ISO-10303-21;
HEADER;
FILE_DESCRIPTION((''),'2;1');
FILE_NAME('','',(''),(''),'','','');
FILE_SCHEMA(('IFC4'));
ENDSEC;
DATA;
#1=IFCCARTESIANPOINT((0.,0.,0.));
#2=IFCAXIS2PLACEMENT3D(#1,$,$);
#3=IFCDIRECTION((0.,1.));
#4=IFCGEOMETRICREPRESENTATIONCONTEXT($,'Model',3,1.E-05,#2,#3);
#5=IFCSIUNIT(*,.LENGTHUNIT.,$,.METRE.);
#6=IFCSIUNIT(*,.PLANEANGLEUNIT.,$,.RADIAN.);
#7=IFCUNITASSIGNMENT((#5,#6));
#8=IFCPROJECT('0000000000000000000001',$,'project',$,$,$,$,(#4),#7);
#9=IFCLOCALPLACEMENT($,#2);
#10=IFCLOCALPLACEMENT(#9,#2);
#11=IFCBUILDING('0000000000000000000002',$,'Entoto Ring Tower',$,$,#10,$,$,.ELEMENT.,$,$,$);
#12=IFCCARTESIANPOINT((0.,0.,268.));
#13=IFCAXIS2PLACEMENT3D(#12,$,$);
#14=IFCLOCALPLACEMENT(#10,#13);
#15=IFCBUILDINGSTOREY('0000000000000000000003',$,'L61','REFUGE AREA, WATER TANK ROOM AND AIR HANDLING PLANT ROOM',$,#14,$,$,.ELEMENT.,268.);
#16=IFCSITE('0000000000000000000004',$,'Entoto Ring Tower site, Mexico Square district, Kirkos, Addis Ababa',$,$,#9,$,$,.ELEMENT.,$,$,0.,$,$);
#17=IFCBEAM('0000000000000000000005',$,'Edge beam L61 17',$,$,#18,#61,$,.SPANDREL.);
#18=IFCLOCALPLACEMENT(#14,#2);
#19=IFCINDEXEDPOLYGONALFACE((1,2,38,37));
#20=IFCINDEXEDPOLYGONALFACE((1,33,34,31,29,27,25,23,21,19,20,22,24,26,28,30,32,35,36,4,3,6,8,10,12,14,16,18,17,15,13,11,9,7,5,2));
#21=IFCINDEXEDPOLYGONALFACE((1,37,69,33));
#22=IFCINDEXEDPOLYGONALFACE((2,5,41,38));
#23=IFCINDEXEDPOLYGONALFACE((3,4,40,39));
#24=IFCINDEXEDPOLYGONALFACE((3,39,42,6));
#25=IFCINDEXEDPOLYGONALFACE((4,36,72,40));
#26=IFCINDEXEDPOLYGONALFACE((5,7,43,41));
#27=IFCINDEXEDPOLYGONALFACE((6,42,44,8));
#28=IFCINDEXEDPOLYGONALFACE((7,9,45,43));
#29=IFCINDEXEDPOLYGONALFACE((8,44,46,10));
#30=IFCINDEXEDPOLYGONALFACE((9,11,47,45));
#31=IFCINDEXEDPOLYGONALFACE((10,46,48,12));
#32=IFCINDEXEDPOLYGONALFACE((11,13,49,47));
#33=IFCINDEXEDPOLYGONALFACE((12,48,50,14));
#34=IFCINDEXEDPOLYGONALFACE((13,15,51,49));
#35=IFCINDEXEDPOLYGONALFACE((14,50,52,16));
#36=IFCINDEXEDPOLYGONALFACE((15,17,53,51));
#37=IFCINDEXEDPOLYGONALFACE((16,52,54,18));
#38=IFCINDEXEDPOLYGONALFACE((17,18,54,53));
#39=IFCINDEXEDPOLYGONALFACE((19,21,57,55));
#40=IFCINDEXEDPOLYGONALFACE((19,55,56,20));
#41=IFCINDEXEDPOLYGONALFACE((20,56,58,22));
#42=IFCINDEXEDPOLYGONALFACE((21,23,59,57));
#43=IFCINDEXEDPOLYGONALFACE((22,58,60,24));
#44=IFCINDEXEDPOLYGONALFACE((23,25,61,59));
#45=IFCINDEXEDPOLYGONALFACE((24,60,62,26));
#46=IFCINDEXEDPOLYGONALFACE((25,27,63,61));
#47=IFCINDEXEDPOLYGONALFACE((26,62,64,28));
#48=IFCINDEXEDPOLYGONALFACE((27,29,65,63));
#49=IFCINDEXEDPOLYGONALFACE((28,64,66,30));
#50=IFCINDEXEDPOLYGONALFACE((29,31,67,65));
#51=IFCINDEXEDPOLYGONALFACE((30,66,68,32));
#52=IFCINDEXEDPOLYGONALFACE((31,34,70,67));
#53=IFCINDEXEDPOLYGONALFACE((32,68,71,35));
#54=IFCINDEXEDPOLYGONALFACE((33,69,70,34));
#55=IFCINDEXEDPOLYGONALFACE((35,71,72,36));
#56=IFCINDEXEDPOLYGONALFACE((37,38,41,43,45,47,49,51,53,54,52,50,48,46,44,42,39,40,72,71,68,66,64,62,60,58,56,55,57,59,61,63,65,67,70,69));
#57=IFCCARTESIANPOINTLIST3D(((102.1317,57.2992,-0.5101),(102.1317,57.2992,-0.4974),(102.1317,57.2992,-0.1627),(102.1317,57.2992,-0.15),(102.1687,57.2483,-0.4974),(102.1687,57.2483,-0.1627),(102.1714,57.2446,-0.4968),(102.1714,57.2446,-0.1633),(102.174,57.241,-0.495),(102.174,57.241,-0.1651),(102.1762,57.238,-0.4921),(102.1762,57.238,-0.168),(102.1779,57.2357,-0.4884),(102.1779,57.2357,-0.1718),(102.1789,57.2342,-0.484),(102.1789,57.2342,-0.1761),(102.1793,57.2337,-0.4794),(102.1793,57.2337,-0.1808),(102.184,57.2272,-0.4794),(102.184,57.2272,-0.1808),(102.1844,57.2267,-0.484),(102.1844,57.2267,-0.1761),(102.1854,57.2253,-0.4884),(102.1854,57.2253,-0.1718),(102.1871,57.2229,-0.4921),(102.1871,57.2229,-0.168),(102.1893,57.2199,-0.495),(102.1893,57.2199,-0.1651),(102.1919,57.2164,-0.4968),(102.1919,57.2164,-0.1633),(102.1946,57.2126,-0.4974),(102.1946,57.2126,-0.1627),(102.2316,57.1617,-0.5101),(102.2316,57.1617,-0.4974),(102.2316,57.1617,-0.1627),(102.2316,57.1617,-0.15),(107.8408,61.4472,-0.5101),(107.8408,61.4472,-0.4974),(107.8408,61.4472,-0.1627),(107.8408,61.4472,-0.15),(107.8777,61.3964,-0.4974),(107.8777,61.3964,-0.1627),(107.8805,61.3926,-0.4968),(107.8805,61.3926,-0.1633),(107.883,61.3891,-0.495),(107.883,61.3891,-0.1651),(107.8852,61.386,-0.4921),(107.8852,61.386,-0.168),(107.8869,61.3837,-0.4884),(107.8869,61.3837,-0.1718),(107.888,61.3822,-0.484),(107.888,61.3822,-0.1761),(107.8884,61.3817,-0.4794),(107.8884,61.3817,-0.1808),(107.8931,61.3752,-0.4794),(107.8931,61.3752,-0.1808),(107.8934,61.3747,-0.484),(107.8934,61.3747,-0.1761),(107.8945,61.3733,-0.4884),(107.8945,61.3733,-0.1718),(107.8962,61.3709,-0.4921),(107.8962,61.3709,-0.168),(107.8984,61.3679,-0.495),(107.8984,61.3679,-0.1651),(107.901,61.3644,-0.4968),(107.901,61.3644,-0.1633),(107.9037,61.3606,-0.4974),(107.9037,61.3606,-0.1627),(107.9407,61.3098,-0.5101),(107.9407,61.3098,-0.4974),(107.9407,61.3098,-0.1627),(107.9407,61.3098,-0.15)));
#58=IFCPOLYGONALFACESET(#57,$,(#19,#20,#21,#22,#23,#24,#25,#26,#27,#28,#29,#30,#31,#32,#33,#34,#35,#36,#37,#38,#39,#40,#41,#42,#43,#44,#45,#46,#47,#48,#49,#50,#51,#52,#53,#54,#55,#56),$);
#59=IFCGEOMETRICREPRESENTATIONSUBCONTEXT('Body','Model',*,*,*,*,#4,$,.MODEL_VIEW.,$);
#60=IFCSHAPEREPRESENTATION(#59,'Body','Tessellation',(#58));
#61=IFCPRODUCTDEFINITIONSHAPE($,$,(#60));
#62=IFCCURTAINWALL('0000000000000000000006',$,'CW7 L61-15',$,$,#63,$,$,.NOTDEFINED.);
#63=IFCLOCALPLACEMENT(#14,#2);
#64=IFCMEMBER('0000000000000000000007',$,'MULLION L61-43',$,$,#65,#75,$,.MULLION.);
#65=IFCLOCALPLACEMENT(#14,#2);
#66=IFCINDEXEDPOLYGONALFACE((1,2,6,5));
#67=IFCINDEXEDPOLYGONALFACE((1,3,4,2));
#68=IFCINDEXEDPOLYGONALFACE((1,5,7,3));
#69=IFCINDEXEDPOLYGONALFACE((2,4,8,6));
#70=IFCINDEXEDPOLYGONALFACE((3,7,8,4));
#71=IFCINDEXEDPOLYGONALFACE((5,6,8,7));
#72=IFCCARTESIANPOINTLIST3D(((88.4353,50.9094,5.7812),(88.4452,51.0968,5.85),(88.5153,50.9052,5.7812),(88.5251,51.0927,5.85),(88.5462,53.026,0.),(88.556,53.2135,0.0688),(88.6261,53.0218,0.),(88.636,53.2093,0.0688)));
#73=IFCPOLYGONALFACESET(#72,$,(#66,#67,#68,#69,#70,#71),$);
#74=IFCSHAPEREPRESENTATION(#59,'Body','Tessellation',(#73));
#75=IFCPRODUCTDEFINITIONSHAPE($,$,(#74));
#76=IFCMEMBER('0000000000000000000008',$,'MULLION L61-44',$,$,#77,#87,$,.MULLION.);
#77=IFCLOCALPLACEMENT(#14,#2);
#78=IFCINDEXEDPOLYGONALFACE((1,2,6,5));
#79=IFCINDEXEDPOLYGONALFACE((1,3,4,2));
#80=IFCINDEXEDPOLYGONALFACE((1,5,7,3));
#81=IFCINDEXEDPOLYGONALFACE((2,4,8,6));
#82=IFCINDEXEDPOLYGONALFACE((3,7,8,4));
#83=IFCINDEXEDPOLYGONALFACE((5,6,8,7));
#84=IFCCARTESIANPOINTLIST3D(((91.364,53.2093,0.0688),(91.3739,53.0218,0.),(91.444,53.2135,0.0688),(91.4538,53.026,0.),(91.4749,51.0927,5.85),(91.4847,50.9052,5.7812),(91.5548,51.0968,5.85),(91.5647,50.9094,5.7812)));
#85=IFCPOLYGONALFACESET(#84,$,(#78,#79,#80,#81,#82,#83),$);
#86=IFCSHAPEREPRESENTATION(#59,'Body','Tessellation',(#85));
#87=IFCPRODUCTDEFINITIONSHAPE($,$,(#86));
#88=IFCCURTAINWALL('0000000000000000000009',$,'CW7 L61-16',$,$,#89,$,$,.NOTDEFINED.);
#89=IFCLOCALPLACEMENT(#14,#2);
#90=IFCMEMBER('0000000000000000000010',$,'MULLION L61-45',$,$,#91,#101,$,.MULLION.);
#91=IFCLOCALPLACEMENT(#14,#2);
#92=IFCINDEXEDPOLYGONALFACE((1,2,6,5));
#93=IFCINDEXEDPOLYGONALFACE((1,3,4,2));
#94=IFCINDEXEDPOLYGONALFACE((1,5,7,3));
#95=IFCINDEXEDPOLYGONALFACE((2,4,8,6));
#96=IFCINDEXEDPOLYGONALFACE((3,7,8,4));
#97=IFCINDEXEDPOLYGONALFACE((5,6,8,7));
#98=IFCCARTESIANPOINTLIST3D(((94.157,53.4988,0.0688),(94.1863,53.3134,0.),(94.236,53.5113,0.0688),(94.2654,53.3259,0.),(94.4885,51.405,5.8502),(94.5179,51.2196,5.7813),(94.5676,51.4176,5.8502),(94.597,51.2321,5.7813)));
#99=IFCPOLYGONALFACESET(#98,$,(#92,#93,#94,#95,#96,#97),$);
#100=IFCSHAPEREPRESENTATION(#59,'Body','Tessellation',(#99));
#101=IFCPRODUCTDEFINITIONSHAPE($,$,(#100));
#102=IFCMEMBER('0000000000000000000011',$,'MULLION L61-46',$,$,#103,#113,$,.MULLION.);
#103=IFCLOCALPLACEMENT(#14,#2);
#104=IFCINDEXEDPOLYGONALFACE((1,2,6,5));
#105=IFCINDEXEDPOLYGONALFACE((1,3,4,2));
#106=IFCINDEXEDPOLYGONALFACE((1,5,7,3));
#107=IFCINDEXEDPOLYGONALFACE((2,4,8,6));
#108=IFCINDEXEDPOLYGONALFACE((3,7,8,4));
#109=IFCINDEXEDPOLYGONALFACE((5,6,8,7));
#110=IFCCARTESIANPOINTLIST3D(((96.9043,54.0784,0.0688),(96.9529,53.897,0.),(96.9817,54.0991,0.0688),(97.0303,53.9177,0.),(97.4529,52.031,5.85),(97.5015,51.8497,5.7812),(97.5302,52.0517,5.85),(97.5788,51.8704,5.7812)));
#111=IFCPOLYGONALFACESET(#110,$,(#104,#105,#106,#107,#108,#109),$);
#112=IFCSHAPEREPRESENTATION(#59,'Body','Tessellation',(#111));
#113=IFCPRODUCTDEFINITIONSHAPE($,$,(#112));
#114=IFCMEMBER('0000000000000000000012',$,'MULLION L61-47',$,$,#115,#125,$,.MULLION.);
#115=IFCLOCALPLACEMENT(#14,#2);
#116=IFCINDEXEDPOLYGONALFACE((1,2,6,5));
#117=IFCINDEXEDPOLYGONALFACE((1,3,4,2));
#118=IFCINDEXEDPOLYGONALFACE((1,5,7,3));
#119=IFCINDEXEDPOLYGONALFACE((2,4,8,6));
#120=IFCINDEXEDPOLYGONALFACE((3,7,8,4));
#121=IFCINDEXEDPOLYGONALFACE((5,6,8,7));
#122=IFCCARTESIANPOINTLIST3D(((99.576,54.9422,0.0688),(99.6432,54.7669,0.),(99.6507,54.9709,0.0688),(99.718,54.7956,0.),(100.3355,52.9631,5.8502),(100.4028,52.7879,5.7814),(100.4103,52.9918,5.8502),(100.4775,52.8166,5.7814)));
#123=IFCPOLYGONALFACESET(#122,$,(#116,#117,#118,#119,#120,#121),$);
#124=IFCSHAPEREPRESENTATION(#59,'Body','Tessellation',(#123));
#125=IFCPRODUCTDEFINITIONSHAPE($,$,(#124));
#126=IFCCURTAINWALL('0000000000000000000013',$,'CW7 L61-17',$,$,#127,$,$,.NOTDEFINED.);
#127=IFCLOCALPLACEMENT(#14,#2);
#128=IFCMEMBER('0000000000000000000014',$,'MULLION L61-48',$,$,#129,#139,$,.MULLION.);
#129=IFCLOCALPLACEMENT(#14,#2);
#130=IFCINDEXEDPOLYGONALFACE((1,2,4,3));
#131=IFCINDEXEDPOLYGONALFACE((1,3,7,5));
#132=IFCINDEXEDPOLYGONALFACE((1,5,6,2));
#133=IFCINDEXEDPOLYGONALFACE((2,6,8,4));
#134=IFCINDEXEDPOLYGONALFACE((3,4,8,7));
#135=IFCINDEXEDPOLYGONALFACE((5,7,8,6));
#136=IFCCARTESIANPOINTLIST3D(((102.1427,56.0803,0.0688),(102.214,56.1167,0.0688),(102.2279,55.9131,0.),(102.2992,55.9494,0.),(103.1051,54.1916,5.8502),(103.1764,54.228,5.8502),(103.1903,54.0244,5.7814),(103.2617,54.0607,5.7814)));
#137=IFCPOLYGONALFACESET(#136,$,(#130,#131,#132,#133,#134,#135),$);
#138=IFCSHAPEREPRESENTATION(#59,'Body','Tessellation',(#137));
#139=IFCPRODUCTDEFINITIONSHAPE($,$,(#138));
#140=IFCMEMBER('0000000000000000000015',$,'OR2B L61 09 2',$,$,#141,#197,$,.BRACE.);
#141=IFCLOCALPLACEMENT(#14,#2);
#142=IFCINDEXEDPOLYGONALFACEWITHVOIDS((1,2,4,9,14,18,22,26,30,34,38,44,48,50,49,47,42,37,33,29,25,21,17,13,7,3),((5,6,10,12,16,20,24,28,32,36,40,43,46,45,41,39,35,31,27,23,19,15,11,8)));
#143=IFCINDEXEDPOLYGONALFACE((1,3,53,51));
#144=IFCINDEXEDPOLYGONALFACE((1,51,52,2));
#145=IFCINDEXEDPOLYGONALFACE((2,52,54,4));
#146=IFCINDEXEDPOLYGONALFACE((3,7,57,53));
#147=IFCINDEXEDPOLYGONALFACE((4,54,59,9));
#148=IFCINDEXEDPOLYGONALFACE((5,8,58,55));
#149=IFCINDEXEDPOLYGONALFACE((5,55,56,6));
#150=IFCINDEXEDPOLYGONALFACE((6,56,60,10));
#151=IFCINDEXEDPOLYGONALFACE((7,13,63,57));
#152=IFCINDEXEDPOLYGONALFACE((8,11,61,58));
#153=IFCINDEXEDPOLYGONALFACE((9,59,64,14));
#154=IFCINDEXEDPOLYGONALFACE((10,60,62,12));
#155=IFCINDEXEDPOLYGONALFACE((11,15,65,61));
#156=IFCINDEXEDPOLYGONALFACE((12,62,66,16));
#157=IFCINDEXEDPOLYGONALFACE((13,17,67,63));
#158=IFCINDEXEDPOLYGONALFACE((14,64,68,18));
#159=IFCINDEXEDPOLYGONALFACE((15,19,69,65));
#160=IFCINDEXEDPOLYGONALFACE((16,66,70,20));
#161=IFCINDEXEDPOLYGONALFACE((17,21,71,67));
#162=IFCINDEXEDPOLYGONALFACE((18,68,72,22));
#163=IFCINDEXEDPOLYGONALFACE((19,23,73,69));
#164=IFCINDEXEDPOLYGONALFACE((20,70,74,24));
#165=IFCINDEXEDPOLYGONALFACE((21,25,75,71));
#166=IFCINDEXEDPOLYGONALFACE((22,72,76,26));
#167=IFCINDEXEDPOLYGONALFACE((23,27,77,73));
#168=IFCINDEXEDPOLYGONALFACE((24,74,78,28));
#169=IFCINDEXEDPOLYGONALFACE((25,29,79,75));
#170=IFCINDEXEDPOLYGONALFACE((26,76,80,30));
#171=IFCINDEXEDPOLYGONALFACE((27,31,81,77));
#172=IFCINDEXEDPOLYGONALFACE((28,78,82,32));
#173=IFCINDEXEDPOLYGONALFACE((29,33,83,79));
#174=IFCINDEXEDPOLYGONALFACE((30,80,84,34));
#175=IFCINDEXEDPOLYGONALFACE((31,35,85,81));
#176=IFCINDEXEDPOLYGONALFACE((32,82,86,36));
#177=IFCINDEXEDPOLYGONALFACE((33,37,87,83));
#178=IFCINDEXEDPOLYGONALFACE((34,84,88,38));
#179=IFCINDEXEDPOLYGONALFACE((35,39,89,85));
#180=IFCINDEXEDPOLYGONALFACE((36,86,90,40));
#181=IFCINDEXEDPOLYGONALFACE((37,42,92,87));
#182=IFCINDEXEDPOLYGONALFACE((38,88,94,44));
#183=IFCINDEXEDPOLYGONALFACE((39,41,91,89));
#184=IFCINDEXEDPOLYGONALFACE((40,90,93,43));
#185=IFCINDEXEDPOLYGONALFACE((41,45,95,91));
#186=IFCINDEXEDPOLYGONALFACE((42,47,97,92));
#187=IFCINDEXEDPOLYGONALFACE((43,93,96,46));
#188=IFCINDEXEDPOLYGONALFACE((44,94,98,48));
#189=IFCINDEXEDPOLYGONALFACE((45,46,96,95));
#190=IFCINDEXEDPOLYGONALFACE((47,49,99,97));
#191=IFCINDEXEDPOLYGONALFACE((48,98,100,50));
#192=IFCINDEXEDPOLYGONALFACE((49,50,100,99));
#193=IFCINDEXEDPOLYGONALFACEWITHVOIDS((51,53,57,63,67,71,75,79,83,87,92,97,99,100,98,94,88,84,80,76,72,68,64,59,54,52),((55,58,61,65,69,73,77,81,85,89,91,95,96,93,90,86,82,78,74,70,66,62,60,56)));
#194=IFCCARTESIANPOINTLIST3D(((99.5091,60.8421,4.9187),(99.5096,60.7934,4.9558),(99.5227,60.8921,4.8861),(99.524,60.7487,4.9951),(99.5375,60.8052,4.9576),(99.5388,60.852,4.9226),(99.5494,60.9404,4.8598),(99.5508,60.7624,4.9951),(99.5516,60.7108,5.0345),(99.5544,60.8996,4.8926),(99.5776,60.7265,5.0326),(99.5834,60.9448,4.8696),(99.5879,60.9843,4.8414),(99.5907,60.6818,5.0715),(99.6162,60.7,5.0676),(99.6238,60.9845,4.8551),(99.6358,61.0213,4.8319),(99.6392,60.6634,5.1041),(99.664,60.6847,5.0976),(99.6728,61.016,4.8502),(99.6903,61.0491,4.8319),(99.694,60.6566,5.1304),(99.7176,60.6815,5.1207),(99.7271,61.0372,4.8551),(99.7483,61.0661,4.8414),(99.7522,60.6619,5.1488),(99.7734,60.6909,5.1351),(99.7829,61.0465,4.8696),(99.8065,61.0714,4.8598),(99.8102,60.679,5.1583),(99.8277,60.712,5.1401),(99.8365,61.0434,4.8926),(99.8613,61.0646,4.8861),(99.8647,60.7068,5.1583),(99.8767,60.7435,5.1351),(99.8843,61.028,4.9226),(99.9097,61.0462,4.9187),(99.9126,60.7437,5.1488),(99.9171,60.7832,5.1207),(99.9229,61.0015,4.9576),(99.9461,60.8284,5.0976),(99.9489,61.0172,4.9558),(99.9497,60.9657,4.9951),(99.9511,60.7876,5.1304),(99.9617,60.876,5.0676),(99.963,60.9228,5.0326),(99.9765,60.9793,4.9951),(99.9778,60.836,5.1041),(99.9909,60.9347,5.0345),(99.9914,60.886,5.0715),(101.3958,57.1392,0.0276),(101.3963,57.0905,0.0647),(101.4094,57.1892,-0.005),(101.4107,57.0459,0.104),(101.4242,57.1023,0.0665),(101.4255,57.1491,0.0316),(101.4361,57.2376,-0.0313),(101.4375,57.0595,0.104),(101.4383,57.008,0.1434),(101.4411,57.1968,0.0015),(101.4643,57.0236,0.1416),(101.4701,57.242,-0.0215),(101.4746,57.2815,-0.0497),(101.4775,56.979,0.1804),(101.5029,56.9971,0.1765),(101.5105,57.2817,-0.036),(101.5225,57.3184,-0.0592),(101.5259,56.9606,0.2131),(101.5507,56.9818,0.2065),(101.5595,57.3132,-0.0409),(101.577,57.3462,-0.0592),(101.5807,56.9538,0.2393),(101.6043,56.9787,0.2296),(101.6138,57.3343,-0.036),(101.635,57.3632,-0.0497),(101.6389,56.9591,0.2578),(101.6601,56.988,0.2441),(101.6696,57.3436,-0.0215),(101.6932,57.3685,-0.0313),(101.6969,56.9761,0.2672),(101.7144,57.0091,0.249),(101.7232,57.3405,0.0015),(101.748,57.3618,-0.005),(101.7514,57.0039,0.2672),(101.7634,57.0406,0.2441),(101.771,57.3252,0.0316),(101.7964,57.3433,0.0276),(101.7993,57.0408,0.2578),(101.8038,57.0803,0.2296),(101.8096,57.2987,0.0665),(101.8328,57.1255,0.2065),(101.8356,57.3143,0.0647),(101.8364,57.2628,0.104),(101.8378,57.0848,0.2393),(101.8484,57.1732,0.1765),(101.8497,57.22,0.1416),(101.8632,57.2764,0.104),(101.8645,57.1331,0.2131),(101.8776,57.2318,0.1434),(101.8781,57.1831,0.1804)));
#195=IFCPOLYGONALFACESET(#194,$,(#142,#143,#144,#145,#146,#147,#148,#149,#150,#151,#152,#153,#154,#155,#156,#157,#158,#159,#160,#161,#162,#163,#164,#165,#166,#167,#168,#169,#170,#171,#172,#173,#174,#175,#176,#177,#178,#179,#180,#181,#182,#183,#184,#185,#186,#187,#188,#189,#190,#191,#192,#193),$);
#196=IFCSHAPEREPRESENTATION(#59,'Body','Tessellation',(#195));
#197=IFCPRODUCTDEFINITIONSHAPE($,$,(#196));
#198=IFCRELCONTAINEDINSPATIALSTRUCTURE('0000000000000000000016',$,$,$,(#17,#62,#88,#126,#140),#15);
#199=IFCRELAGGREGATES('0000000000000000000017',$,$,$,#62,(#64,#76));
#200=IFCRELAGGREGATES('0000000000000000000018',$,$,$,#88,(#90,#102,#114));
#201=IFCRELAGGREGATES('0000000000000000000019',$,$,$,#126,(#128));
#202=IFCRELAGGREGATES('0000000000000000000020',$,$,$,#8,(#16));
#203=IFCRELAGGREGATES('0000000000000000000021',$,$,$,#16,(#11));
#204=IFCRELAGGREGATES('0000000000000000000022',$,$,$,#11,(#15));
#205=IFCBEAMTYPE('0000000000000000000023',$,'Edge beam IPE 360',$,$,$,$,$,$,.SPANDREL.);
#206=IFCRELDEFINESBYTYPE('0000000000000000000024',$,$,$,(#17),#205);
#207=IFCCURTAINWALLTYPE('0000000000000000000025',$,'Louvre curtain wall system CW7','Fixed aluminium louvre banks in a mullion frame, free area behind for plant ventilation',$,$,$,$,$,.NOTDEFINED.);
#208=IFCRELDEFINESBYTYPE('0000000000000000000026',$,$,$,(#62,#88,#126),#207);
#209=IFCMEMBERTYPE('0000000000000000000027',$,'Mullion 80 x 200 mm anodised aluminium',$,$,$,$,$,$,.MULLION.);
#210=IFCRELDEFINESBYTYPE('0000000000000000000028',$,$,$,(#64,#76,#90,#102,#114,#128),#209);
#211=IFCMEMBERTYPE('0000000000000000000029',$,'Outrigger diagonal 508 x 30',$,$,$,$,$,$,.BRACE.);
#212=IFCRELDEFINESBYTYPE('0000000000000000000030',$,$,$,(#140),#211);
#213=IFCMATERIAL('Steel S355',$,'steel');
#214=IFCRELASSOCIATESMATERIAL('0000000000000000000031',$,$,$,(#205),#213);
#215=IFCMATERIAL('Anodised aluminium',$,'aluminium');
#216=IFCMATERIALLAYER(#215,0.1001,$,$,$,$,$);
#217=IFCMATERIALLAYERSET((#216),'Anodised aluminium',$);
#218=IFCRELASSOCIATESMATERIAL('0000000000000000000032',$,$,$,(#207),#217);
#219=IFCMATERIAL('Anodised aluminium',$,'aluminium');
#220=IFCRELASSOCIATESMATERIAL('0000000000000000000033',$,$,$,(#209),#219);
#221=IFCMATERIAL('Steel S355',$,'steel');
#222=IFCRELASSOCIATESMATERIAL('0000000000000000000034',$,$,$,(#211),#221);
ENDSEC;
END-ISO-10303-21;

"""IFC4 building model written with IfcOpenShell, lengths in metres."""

from ifc_helpers import new_model, si_unit, direction, frame, origin, origin_2d, place, context, subcontext, project, spatial, rectangle, circle, hollow_circle, i_section, extrude, material, layer, layer_set, material_profile, profile_set, type_object, element, aggregate, save


model = new_model("IFC4")

# Units and contexts
model_context = context("Model", 3, precision=1e-05, world=origin(), true_north=direction((0.0, 1.0)))
body_context = subcontext(model_context, "Body", "Model", "MODEL_VIEW")
ifc_project = project(units=[si_unit("LENGTHUNIT", "METRE"), si_unit("PLANEANGLEUNIT", "RADIAN")], contexts=[model_context])

# Site, building, storey
site_placement = place(None, origin())
site = spatial("IfcSite", under=ifc_project, at=site_placement, Name="Entoto Ring Tower site, Mexico Square district, Kirkos, Addis Ababa", CompositionType="ELEMENT", RefElevation=0.0)
building_placement = place(site_placement, origin())
building = spatial("IfcBuilding", under=site, at=building_placement, Name="Entoto Ring Tower", CompositionType="ELEMENT")
storey_placement = place(building_placement, frame((0.0, 0.0, 268.0)))
storey = spatial("IfcBuildingStorey", under=building, at=storey_placement, Name="L61", Description="REFUGE AREA, WATER TANK ROOM AND AIR HANDLING PLANT ROOM", CompositionType="ELEMENT", Elevation=268.0)

# Beam
ifc_material_1 = material(Name="Steel S355", Category="steel")
ifc_material_profile_1 = material_profile(ifc_material_1, i_section(OverallWidth=0.1699, OverallDepth=0.3601, WebThickness=0.0081, FlangeThickness=0.0127, FilletRadius=0.0181, at=origin_2d()), Name="IPE 360")
ifc_profile_set_1 = profile_set([ifc_material_profile_1], Name="Steel S355")
beam_type = type_object("IfcBeamType", Name="Edge beam IPE 360", PredefinedType="SPANDREL", material=ifc_profile_set_1)
for number, where, z_axis, x_axis, name in (
    (1, (102.1816, 57.2305, -0.3301), (0.809008, 0.587797, 0.0), (-0.587797, 0.809008, 0.0), "Edge beam L61 17"),
):
    element("IfcBeam", number, at=place(storey_placement, frame(where, z_axis=z_axis, x_axis=x_axis)), inside=storey, type_object=beam_type, Name=name, PredefinedType="SPANDREL", context=body_context, shape_type="SweptSolid", body=[
        extrude(i_section(OverallWidth=0.1699, OverallDepth=0.3601, WebThickness=0.0081, FlangeThickness=0.0127, FilletRadius=0.0181, at=origin_2d()), origin(), (0.0, 0.0, 1.0), 7.0569),
    ])

# Curtain walls, members
ifc_material_2 = material(Name="Anodised aluminium", Category="aluminium")
ifc_layer_1 = layer(ifc_material_2, 0.1001)
ifc_layer_set_1 = layer_set([ifc_layer_1], Name="Anodised aluminium")
curtain_wall_type = type_object("IfcCurtainWallType", Name="Louvre curtain wall system CW7", Description="Fixed aluminium louvre banks in a mullion frame, free area behind for plant ventilation", PredefinedType="NOTDEFINED", material=ifc_layer_set_1)
curtain_wall_1_placement = place(storey_placement, origin())
curtain_wall_1 = element("IfcCurtainWall", 2, at=curtain_wall_1_placement, inside=storey, type_object=curtain_wall_type, Name="CW7 L61-15", PredefinedType="NOTDEFINED")
ifc_material_3 = material(Name="Anodised aluminium", Category="aluminium")
ifc_material_profile_2 = material_profile(ifc_material_3, rectangle(XDim=0.0801, YDim=0.2, at=origin_2d()), Name="Mullion 80 x 200 mm anodised aluminium")
ifc_profile_set_2 = profile_set([ifc_material_profile_2], Name="Anodised aluminium")
member_type_1 = type_object("IfcMemberType", Name="Mullion 80 x 200 mm anodised aluminium", PredefinedType="MULLION", material=ifc_profile_set_2)
member_1_placement = place(storey_placement, frame((88.5911, 53.1177, 0.0344), z_axis=(-0.018001, -0.343756, 0.938886), x_axis=(0.998632, -0.052293, 0.0)))
member_1 = element("IfcMember", 3, at=member_1_placement, type_object=member_type_1, Name="MULLION L61-43", PredefinedType="MULLION", context=body_context, shape_type="SweptSolid", body=[
    extrude(rectangle(XDim=0.0801, YDim=0.2, at=origin_2d()), origin(), (0.0, 0.0, 1.0), 6.1575),
])
member_2_placement = place(storey_placement, frame((91.4089, 53.1177, 0.0344), z_axis=(0.018001, -0.343756, 0.938886), x_axis=(0.998632, 0.052293, 0.0)))
member_2 = element("IfcMember", 4, at=member_2_placement, type_object=member_type_1, Name="MULLION L61-44", PredefinedType="MULLION", context=body_context, shape_type="SweptSolid", body=[
    extrude(rectangle(XDim=0.0801, YDim=0.2, at=origin_2d()), origin(), (0.0, 0.0, 1.0), 6.1575),
])
aggregate(curtain_wall_1, [member_1, member_2])
curtain_wall_2_placement = place(storey_placement, origin())
curtain_wall_2 = element("IfcCurtainWall", 5, at=curtain_wall_2_placement, inside=storey, type_object=curtain_wall_type, Name="CW7 L61-16", PredefinedType="NOTDEFINED")
member_3_placement = place(storey_placement, frame((94.2112, 53.4124, 0.0344), z_axis=(0.053843, -0.340025, 0.938874), x_axis=(0.987694, 0.1564, 0.0)))
member_3 = element("IfcMember", 6, at=member_3_placement, type_object=member_type_1, Name="MULLION L61-45", PredefinedType="MULLION", context=body_context, shape_type="SweptSolid", body=[
    extrude(rectangle(XDim=0.0801, YDim=0.2, at=origin_2d()), origin(), (0.0, 0.0, 1.0), 6.1577),
])
member_4_placement = place(storey_placement, frame((96.9673, 53.998, 0.0344), z_axis=(0.089091, -0.332496, 0.938887), x_axis=(0.965926, 0.258817, 0.0)))
member_4 = element("IfcMember", 7, at=member_4_placement, type_object=member_type_1, Name="MULLION L61-46", PredefinedType="MULLION", context=body_context, shape_type="SweptSolid", body=[
    extrude(rectangle(XDim=0.0801, YDim=0.2, at=origin_2d()), origin(), (0.0, 0.0, 1.0), 6.1575),
])
member_5_placement = place(storey_placement, frame((99.647, 54.8689, 0.0344), z_axis=(0.123347, -0.321391, 0.938879), x_axis=(0.933604, 0.358308, 0.0)))
member_5 = element("IfcMember", 8, at=member_5_placement, type_object=member_type_1, Name="MULLION L61-47", PredefinedType="MULLION", context=body_context, shape_type="SweptSolid", body=[
    extrude(rectangle(XDim=0.0801, YDim=0.2, at=origin_2d()), origin(), (0.0, 0.0, 1.0), 6.1577),
])
aggregate(curtain_wall_2, [member_3, member_4, member_5])

# Curtain wall, member
curtain_wall_3_placement = place(storey_placement, origin())
curtain_wall_3 = element("IfcCurtainWall", 9, at=curtain_wall_3_placement, inside=storey, type_object=curtain_wall_type, Name="CW7 L61-17", PredefinedType="NOTDEFINED")
member_6_placement = place(storey_placement, frame((102.2209, 56.0149, 0.0344), z_axis=(0.156295, -0.306722, 0.938879), x_axis=(0.890992, 0.454019, 0.0)))
member_6 = element("IfcMember", 10, at=member_6_placement, type_object=member_type_1, Name="MULLION L61-48", PredefinedType="MULLION", context=body_context, shape_type="SweptSolid", body=[
    extrude(rectangle(XDim=0.0801, YDim=0.2, at=origin_2d()), origin(), (0.0, 0.0, 1.0), 6.1577),
])
aggregate(curtain_wall_3, [member_6])

# Member
ifc_material_4 = material(Name="Steel S355", Category="steel")
ifc_material_profile_3 = material_profile(ifc_material_4, hollow_circle(Radius=0.2539, WallThickness=0.03, at=origin_2d()), Name="CHS 508 x 30")
ifc_material_5 = material(Name="Concrete C60/75", Category="concrete")
ifc_material_profile_4 = material_profile(ifc_material_5, circle(Radius=0.2241, at=origin_2d()), Name="Concrete C60/75 infill")
ifc_profile_set_3 = profile_set([ifc_material_profile_3, ifc_material_profile_4], Name="Steel S355")
member_type_2 = type_object("IfcMemberType", Name="Outrigger diagonal 508 x 30", PredefinedType="BRACE", material=ifc_profile_set_3)
member_7_placement = place(storey_placement, frame((99.7502, 60.864, 4.9951), z_axis=(0.293961, -0.576929, -0.762063), x_axis=(0.891006, 0.453992, 0.0)))
element("IfcMember", 11, at=member_7_placement, inside=storey, type_object=member_type_2, Name="OR2B L61 09 2", PredefinedType="BRACE", context=body_context, shape_type="SweptSolid", body=[
    extrude(hollow_circle(Radius=0.2539, WallThickness=0.03, at=origin_2d()), origin(), (0.0, 0.0, 1.0), 6.4182),
])

save(model, "model.ifc")
